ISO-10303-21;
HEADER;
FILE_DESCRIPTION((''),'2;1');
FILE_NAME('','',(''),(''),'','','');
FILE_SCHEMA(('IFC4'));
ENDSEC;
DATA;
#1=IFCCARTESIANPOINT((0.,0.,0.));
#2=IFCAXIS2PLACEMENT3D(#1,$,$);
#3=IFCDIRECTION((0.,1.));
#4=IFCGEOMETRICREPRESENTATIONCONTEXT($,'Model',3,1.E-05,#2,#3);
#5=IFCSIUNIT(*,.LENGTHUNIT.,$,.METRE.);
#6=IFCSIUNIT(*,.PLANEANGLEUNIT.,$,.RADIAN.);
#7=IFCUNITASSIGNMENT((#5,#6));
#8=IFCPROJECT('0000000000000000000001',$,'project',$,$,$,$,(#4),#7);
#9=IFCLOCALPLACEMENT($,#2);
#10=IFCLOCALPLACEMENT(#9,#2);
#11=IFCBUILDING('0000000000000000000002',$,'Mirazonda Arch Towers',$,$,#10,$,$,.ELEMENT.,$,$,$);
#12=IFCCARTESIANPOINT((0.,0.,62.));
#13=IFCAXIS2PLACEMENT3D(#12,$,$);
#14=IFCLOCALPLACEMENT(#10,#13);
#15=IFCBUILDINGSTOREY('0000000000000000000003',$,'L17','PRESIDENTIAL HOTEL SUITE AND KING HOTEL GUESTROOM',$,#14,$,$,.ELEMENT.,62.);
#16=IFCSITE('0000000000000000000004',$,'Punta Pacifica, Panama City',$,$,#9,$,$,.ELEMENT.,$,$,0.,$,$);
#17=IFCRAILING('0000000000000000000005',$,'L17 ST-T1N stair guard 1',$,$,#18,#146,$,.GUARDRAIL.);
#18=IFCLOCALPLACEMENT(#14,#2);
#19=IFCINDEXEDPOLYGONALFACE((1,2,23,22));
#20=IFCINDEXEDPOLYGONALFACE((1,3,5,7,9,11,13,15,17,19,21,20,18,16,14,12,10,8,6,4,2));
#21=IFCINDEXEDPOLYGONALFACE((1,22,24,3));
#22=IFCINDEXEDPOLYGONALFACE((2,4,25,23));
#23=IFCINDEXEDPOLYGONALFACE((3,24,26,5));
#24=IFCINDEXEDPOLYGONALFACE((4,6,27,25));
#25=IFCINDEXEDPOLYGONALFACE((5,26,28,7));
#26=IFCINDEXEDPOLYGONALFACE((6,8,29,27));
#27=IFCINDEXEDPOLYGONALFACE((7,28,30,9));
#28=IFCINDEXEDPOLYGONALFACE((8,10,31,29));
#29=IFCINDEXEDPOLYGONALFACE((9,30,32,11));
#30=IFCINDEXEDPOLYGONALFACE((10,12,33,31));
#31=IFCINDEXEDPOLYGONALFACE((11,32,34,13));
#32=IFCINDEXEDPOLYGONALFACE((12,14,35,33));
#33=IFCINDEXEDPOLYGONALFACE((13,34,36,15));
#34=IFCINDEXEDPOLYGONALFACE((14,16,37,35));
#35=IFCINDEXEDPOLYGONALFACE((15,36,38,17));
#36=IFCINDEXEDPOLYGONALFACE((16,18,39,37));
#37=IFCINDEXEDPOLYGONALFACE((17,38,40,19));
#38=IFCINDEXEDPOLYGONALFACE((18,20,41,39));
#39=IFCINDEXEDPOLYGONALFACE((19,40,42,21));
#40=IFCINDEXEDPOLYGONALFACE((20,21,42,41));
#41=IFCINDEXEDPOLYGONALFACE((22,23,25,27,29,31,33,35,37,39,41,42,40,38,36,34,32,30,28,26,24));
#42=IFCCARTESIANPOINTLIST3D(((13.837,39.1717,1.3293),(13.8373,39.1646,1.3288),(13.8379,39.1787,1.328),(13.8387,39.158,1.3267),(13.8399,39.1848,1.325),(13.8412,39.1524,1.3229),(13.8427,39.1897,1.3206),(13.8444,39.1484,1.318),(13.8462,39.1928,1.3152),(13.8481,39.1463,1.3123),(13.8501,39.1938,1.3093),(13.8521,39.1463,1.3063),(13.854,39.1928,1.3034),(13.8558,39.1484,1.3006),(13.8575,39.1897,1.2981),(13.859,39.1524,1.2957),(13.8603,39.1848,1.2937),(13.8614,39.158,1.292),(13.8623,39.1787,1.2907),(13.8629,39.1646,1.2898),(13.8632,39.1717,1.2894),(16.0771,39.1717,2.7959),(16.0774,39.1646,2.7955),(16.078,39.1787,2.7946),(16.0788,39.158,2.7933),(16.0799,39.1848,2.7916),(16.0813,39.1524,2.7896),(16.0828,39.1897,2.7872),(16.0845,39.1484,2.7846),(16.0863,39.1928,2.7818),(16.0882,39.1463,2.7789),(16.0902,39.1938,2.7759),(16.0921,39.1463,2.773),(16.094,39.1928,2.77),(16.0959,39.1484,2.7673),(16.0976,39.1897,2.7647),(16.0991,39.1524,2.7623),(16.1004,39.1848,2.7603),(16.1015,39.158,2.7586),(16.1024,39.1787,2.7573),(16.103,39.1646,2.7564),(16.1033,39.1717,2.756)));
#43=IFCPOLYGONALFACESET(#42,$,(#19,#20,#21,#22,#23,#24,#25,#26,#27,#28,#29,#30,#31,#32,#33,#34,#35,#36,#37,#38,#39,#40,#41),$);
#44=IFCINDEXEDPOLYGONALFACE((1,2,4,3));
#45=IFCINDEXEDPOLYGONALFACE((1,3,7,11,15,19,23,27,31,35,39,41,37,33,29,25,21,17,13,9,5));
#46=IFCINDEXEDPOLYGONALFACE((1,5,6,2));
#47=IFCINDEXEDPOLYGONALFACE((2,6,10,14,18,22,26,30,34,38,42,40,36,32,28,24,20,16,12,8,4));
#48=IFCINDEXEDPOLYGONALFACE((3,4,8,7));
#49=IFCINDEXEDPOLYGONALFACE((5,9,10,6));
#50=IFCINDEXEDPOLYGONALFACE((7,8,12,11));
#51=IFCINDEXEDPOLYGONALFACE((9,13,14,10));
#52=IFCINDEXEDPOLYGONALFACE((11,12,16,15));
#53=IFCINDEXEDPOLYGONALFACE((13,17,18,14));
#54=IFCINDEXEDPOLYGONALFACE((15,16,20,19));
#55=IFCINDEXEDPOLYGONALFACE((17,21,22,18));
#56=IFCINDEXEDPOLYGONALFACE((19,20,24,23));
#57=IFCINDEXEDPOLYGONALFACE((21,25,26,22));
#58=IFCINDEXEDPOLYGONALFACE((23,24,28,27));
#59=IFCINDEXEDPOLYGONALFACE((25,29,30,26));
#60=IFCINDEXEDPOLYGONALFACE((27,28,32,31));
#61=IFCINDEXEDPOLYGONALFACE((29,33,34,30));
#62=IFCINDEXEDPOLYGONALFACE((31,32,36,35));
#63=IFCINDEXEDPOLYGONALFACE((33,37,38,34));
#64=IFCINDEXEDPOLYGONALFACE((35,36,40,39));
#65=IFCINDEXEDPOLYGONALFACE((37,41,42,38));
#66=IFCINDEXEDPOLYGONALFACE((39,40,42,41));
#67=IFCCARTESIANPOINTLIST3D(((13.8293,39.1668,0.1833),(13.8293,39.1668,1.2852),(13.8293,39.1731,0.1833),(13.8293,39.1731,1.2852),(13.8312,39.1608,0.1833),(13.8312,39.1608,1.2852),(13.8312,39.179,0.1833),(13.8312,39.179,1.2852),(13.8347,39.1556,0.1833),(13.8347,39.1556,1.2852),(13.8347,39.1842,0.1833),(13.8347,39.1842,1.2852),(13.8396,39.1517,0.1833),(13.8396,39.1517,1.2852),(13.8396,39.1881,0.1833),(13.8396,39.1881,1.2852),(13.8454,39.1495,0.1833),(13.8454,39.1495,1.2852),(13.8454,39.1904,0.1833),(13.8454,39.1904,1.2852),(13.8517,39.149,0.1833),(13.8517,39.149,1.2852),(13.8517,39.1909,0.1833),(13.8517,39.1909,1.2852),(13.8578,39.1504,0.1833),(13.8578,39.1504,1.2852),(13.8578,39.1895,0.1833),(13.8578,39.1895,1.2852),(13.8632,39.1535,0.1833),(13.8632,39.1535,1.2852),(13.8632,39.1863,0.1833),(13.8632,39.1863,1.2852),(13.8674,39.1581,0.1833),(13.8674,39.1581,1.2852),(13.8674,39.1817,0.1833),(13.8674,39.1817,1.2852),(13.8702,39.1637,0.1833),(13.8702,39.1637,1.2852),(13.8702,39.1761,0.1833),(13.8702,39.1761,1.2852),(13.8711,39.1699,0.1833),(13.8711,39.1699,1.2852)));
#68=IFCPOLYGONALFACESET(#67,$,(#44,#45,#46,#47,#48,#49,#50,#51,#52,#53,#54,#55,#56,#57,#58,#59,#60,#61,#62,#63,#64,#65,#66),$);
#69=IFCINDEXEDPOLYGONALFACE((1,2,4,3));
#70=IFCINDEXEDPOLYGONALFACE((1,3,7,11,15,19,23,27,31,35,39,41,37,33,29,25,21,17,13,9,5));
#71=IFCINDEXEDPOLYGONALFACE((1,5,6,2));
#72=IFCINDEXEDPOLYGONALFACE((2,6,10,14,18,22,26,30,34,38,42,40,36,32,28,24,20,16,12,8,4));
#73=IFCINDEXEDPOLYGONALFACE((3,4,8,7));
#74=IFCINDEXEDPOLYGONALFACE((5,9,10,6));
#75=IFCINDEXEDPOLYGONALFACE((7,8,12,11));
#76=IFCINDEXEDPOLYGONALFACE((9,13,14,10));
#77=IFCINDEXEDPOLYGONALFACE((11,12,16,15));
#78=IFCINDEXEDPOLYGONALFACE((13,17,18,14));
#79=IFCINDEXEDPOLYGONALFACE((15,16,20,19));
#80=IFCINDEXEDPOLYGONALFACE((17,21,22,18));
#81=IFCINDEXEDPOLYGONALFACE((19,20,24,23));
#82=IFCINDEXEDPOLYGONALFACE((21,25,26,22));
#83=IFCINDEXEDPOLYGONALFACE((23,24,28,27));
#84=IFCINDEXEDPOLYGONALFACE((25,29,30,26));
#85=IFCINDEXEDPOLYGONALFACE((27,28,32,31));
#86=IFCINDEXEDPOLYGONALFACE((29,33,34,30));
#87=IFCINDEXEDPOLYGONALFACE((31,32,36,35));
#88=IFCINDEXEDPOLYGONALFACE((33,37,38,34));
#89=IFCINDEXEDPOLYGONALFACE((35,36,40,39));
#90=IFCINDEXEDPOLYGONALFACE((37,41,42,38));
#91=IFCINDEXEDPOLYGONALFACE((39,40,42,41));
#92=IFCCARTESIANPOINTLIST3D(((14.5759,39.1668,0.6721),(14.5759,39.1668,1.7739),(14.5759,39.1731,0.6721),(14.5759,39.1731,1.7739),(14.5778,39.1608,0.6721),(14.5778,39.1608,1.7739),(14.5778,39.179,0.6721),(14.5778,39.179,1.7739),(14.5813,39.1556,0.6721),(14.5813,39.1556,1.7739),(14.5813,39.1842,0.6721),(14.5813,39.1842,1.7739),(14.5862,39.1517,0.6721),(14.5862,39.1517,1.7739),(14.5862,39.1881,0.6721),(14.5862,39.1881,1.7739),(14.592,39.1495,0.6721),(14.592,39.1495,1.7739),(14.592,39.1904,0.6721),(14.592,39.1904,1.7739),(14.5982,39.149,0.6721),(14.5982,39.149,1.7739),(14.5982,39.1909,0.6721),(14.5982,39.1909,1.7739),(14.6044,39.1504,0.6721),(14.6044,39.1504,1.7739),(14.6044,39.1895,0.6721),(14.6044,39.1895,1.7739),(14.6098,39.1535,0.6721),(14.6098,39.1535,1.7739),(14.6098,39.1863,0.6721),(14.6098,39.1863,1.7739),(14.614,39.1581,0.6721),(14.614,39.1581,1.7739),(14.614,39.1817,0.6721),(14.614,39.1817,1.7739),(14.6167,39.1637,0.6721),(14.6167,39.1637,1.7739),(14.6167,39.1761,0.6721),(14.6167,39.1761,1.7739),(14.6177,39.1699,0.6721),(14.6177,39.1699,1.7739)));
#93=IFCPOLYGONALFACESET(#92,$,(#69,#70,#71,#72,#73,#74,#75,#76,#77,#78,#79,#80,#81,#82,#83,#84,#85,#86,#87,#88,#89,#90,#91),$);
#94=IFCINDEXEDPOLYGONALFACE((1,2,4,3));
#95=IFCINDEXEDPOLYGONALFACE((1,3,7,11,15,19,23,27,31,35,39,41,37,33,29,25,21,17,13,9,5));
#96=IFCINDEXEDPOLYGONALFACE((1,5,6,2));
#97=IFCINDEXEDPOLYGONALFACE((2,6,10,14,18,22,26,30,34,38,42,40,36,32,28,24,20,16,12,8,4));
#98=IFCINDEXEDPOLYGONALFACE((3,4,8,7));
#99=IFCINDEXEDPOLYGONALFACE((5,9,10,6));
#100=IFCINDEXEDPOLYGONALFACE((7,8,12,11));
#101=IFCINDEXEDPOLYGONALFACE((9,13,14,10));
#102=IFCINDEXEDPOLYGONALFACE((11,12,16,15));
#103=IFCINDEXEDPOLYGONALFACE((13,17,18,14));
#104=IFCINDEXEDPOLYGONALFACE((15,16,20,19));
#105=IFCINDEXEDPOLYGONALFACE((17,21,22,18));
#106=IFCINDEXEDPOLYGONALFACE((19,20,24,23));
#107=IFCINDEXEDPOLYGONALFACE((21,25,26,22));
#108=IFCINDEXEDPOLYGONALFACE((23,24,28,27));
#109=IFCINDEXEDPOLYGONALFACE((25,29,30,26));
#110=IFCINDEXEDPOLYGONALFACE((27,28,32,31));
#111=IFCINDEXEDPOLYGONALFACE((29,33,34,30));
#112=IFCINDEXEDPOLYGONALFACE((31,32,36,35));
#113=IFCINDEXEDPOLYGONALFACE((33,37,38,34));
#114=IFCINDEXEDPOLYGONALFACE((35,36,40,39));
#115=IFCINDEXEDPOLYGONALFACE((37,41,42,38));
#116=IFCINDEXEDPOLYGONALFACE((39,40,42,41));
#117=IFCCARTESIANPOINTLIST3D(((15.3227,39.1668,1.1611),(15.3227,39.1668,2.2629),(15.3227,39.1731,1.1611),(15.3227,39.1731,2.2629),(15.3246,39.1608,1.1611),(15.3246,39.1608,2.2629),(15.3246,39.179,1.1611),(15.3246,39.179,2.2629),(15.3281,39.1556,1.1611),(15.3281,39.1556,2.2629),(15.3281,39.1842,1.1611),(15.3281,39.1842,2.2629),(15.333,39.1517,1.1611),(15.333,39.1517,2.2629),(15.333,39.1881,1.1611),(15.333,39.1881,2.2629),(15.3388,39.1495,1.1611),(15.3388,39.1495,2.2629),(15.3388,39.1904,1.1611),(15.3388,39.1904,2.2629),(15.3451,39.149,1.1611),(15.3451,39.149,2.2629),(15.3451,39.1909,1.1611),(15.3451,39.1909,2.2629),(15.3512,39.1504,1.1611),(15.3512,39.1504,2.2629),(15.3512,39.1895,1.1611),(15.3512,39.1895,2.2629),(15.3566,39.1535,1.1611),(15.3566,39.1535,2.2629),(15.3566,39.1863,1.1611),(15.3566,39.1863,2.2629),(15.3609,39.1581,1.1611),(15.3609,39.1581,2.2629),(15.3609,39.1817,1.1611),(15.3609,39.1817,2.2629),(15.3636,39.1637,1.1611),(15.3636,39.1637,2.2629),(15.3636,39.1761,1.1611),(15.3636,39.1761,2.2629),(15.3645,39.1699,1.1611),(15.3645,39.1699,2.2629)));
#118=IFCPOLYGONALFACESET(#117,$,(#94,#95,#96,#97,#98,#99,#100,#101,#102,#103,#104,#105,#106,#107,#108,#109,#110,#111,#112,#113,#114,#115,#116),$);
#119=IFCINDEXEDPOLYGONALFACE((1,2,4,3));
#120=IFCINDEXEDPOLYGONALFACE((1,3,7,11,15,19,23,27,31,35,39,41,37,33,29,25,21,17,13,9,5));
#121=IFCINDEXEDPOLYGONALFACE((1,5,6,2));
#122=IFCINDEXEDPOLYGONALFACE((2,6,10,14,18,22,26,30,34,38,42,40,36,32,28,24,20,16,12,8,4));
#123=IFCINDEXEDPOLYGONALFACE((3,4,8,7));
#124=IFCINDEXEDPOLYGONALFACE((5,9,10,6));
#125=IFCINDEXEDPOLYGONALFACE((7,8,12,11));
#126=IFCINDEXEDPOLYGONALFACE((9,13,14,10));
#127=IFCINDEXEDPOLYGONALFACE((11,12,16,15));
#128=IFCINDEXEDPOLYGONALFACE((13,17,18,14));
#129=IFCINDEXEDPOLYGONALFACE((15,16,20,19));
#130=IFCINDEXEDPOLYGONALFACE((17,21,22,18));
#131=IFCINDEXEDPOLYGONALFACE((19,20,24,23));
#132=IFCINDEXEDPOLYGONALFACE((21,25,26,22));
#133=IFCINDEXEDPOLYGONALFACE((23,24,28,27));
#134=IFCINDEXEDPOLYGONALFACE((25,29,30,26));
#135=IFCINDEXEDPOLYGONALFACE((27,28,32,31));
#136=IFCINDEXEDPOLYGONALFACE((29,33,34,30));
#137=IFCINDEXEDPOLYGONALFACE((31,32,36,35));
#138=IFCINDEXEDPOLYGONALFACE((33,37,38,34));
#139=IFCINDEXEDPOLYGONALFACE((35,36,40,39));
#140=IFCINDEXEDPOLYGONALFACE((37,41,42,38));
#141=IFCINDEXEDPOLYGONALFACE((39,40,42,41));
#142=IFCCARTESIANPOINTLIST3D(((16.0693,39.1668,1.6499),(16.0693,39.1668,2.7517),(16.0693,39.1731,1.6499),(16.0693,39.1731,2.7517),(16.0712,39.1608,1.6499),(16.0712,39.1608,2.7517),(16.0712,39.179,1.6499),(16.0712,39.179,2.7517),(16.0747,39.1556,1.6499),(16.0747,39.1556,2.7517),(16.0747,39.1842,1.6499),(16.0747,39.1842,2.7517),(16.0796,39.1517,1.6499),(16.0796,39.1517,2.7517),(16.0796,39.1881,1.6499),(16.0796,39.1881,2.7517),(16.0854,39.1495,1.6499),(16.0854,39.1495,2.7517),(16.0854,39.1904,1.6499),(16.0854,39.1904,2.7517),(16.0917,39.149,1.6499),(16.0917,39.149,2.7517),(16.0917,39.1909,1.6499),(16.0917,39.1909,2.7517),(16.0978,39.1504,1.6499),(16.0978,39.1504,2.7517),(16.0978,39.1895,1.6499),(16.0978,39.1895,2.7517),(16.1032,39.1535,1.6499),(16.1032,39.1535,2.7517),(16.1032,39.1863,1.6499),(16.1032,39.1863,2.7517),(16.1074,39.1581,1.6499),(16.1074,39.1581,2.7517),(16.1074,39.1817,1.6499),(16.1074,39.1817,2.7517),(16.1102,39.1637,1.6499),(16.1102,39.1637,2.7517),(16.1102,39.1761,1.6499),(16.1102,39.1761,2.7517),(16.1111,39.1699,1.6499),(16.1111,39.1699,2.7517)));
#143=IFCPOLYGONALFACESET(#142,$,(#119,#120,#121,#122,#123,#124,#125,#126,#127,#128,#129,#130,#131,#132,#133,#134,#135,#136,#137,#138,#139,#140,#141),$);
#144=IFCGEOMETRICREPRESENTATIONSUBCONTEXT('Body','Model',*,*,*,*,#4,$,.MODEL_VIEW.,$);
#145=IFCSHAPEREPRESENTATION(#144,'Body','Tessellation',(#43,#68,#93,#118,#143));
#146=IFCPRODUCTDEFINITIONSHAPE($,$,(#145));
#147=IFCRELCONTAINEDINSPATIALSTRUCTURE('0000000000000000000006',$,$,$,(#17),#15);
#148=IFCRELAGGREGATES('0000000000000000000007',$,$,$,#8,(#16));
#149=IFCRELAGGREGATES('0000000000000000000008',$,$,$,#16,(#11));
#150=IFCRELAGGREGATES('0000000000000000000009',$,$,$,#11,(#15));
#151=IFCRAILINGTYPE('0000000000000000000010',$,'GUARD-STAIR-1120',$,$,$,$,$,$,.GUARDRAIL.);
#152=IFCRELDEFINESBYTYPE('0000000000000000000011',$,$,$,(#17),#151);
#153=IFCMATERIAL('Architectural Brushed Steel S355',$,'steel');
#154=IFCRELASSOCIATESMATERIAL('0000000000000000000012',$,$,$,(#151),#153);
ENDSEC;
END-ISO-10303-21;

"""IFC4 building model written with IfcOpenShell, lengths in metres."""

from ifc_helpers import new_model, si_unit, direction, frame, origin, origin_2d, place, context, subcontext, project, spatial, circle, extrude, material, type_object, element, save


model = new_model("IFC4")

# Units and contexts
model_context = context("Model", 3, precision=1e-05, world=origin(), true_north=direction((0.0, 1.0)))
body_context = subcontext(model_context, "Body", "Model", "MODEL_VIEW")
ifc_project = project(units=[si_unit("LENGTHUNIT", "METRE"), si_unit("PLANEANGLEUNIT", "RADIAN")], contexts=[model_context])

# Site, building, storey
site_placement = place(None, origin())
site = spatial("IfcSite", under=ifc_project, at=site_placement, Name="Punta Pacifica, Panama City", CompositionType="ELEMENT", RefElevation=0.0)
building_placement = place(site_placement, origin())
building = spatial("IfcBuilding", under=site, at=building_placement, Name="Mirazonda Arch Towers", CompositionType="ELEMENT")
storey_placement = place(building_placement, frame((0.0, 0.0, 62.0)))
storey = spatial("IfcBuildingStorey", under=building, at=storey_placement, Name="L17", Description="PRESIDENTIAL HOTEL SUITE AND KING HOTEL GUESTROOM", CompositionType="ELEMENT", Elevation=62.0)

# Shared definitions
ifc_material_1 = material(Name="Architectural Brushed Steel S355", Category="steel")

# Railing
railing_type_1 = type_object("IfcRailingType", Name="GUARD-STAIR-1120", PredefinedType="GUARDRAIL", material=ifc_material_1)
railing_1_placement = place(storey_placement, frame((13.8501, 39.1699, 0.1833)))
element("IfcRailing", 1, at=railing_1_placement, inside=storey, type_object=railing_type_1, Name="L17 ST-T1N stair guard 1", PredefinedType="GUARDRAIL", context=body_context, shape_type="SweptSolid", body=[
    extrude(circle(Radius=0.0239, at=origin_2d()), frame((0.0, 0.0, 1.126), z_axis=(0.836637, 0.0, 0.547758), x_axis=(0.0, 1.0, 0.0)), (0.0, 0.0, 1.0), 2.6775),
    extrude(circle(Radius=0.021, at=origin_2d()), origin(), (0.0, 0.0, 1.0), 1.1018),
    extrude(circle(Radius=0.021, at=origin_2d()), frame((0.7466, 0.0, 0.4888)), (0.0, 0.0, 1.0), 1.1018),
    extrude(circle(Radius=0.021, at=origin_2d()), frame((1.4934, 0.0, 0.9778)), (0.0, 0.0, 1.0), 1.1018),
    extrude(circle(Radius=0.021, at=origin_2d()), frame((2.24, 0.0, 1.4666)), (0.0, 0.0, 1.0), 1.1018),
])

save(model, "model.ifc")
